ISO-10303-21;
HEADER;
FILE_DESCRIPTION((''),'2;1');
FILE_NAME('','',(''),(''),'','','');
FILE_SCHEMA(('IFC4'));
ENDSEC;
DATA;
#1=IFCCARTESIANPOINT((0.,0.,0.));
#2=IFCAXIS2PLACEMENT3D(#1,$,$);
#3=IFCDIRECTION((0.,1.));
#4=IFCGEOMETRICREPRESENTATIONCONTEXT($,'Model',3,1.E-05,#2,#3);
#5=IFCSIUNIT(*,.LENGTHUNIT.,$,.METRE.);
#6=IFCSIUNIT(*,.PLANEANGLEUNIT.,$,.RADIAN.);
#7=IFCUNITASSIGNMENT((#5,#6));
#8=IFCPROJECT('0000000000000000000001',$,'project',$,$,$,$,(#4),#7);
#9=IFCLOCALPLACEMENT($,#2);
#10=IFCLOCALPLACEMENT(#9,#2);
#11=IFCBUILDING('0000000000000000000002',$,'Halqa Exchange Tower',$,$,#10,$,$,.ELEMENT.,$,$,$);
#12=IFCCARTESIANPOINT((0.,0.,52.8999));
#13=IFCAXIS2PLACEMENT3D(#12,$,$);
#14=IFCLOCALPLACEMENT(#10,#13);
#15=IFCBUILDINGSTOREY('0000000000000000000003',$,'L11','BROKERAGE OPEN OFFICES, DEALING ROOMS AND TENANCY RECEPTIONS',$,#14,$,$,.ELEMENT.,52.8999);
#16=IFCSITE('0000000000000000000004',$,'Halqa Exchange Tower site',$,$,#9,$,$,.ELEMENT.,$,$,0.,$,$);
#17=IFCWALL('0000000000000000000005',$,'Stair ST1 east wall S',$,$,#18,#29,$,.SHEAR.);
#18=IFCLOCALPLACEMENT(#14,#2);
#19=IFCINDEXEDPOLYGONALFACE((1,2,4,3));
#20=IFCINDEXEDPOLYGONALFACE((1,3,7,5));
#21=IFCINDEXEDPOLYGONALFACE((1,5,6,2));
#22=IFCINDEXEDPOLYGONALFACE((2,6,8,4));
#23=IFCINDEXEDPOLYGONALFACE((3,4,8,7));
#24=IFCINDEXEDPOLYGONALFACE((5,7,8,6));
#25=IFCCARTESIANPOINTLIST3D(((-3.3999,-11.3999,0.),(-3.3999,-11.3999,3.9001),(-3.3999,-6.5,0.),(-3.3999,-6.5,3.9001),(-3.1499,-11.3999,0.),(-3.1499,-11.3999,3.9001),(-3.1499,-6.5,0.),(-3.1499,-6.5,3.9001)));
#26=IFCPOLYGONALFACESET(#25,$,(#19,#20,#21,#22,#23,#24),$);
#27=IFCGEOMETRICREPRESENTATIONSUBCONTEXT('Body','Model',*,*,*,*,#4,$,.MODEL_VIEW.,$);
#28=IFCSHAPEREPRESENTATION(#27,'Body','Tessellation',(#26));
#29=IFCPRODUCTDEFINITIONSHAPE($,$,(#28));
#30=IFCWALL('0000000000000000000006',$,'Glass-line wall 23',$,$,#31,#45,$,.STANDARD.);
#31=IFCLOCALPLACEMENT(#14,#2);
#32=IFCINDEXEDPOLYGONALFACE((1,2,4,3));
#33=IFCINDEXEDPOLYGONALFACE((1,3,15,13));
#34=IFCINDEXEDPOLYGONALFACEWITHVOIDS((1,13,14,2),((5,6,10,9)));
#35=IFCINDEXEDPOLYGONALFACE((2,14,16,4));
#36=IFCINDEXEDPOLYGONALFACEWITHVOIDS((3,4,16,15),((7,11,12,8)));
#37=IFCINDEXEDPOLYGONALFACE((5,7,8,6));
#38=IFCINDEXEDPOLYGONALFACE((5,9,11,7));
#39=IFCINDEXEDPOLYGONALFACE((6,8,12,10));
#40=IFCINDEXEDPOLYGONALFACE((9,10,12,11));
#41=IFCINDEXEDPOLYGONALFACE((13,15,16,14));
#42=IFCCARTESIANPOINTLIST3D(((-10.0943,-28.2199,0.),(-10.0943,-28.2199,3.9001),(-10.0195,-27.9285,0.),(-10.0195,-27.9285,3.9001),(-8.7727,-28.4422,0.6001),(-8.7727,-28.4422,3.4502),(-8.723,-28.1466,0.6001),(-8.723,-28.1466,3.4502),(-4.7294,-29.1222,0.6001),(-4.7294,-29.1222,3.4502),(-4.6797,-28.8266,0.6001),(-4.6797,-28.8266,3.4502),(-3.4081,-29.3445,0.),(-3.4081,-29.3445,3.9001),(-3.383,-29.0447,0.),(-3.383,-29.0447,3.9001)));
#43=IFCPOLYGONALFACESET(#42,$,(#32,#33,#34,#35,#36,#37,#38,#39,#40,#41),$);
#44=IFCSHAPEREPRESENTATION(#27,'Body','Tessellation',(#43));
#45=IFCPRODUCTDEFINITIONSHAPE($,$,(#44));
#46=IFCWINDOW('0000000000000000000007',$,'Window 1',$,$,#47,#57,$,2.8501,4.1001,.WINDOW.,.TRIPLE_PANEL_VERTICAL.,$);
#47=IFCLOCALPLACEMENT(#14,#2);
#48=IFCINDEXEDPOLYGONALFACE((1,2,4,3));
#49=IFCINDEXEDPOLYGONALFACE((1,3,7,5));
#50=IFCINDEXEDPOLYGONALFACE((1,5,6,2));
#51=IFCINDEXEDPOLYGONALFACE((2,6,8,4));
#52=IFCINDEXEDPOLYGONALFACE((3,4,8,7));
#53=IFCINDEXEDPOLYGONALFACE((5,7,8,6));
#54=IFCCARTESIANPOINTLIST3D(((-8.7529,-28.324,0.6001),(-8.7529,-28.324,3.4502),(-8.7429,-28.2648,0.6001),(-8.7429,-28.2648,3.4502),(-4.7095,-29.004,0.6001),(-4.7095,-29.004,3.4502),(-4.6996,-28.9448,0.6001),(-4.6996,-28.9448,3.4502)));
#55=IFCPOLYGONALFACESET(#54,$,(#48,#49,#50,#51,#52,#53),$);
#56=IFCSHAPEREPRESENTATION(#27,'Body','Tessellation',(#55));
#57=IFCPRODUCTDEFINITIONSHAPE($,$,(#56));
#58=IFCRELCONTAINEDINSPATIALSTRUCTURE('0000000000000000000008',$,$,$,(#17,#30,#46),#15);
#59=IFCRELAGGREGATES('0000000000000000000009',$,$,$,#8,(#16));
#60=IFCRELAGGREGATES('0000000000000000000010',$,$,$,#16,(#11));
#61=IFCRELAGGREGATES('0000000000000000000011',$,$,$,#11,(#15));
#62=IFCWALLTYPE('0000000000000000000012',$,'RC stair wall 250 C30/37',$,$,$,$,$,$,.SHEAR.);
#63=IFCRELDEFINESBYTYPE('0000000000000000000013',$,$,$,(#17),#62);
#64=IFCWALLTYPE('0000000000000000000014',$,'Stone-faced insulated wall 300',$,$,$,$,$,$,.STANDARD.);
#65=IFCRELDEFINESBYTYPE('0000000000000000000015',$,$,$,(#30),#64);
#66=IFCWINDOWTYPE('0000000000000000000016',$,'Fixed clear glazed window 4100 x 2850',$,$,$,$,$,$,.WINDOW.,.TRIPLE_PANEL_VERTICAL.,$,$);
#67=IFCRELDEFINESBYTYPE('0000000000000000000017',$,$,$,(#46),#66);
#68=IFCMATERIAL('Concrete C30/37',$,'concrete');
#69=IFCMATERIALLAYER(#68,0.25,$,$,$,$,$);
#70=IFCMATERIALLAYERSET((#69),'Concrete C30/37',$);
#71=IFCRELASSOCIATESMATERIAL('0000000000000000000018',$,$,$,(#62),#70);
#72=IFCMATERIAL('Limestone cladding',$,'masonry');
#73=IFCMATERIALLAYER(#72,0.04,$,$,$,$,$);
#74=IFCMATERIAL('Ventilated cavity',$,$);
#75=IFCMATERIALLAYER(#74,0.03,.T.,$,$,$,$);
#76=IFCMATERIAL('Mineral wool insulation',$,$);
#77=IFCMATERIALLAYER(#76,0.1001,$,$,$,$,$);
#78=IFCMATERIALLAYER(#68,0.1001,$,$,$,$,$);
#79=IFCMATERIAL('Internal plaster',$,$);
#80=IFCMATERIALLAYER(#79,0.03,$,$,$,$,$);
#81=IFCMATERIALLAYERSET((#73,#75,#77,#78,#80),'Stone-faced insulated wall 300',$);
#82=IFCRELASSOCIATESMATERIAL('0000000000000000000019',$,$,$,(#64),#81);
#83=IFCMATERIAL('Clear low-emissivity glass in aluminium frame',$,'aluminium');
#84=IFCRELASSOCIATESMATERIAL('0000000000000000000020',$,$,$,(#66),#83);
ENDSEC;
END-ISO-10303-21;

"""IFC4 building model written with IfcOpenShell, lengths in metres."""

from ifc_helpers import new_model, si_unit, direction, frame, frame_2d, origin, place, context, subcontext, project, spatial, polyline, rectangle, outline, extrude, material, layer, layer_set, type_object, element, fill, save


model = new_model("IFC4")

# Units and contexts
model_context = context("Model", 3, precision=1e-05, world=origin(), true_north=direction((0.0, 1.0)))
body_context = subcontext(model_context, "Body", "Model", "MODEL_VIEW")
ifc_project = project(units=[si_unit("LENGTHUNIT", "METRE"), si_unit("PLANEANGLEUNIT", "RADIAN")], contexts=[model_context])

# Site, building, storey
site_placement = place(None, origin())
site = spatial("IfcSite", under=ifc_project, at=site_placement, Name="Halqa Exchange Tower site", CompositionType="ELEMENT", RefElevation=0.0)
building_placement = place(site_placement, origin())
building = spatial("IfcBuilding", under=site, at=building_placement, Name="Halqa Exchange Tower", CompositionType="ELEMENT")
storey_placement = place(building_placement, frame((0.0, 0.0, 52.8999)))
storey = spatial("IfcBuildingStorey", under=building, at=storey_placement, Name="L11", Description="BROKERAGE OPEN OFFICES, DEALING ROOMS AND TENANCY RECEPTIONS", CompositionType="ELEMENT", Elevation=52.8999)

# Wall
ifc_material_1 = material(Name="Concrete C30/37", Category="concrete")
ifc_layer_1 = layer(ifc_material_1, 0.25)
ifc_layer_set_1 = layer_set([ifc_layer_1], Name="Concrete C30/37")
wall_type_1 = type_object("IfcWallType", Name="RC stair wall 250 C30/37", PredefinedType="SHEAR", material=ifc_layer_set_1)
wall_1_placement = place(storey_placement, frame((-3.2749, -11.3999, 0.0), z_axis=(0.0, 0.0, 1.0), x_axis=(0.0, 1.0, 0.0)))
element("IfcWall", 1, at=wall_1_placement, inside=storey, type_object=wall_type_1, Name="Stair ST1 east wall S", PredefinedType="SHEAR", context=body_context, shape_type="SweptSolid", body=[
    extrude(rectangle(XDim=4.8999, YDim=0.25, at=frame_2d((2.45, 0.0))), origin(), (0.0, 0.0, 1.0), 3.9001),
])

# Wall, opening, window
ifc_material_2 = material(Name="Limestone cladding", Category="masonry")
ifc_layer_2 = layer(ifc_material_2, 0.04)
ifc_material_3 = material(Name="Ventilated cavity")
ifc_layer_3 = layer(ifc_material_3, 0.03, ventilated=True)
ifc_material_4 = material(Name="Mineral wool insulation")
ifc_layer_4 = layer(ifc_material_4, 0.1001)
ifc_layer_5 = layer(ifc_material_1, 0.1001)
ifc_material_5 = material(Name="Internal plaster")
ifc_layer_6 = layer(ifc_material_5, 0.03)
ifc_layer_set_2 = layer_set([ifc_layer_2, ifc_layer_3, ifc_layer_4, ifc_layer_5, ifc_layer_6], Name="Stone-faced insulated wall 300")
wall_type_2 = type_object("IfcWallType", Name="Stone-faced insulated wall 300", PredefinedType="STANDARD", material=ifc_layer_set_2)
wall_2_placement = place(storey_placement, frame((-10.0569, -28.0742, 0.0), z_axis=(0.0, 0.0, 1.0), x_axis=(0.98615, -0.165858, 0.0)))
wall_2 = element("IfcWall", 2, at=wall_2_placement, inside=storey, type_object=wall_type_2, Name="Glass-line wall 23", PredefinedType="STANDARD", context=body_context, shape_type="SweptSolid", body=[
    extrude(outline(polyline([(-0.0127, -0.1499), (6.7673, -0.1499), (6.7424, 0.1499), (0.0127, 0.1499), (-0.0127, -0.1499)])), origin(), (0.0, 0.0, 1.0), 3.9001),
])
opening_1_placement = place(wall_2_placement, frame((1.3274, 0.0, 0.6001)))
opening_1 = element("IfcOpeningElement", 3, at=opening_1_placement, cuts=wall_2, PredefinedType="OPENING", context=body_context, shape_type="SweptSolid", body=[
    extrude(rectangle(XDim=4.1001, YDim=2.8501, at=frame_2d((2.05, 1.425))), frame((0.0, 0.1621, 0.0), z_axis=(0.0, -1.0, 0.0), x_axis=(1.0, 0.0, 0.0)), (0.0, 0.0, 1.0), 0.324),
])
ifc_material_6 = material(Name="Clear low-emissivity glass in aluminium frame", Category="aluminium")
window_type = type_object("IfcWindowType", Name="Fixed clear glazed window 4100 x 2850", PartitioningType="TRIPLE_PANEL_VERTICAL", PredefinedType="WINDOW", material=ifc_material_6)
window_placement = place(opening_1_placement, origin())
window = element("IfcWindow", 4, at=window_placement, inside=storey, type_object=window_type, Name="Window 1", OverallHeight=2.8501, OverallWidth=4.1001, PartitioningType="TRIPLE_PANEL_VERTICAL", PredefinedType="WINDOW", context=body_context, shape_type="SweptSolid", body=[
    extrude(rectangle(XDim=4.1001, YDim=2.8501, at=frame_2d((2.05, 1.425))), frame((0.0, 0.03, 0.0), z_axis=(0.0, -1.0, 0.0), x_axis=(1.0, 0.0, 0.0)), (0.0, 0.0, 1.0), 0.0601),
])
fill(opening_1, window)

save(model, "model.ifc")
